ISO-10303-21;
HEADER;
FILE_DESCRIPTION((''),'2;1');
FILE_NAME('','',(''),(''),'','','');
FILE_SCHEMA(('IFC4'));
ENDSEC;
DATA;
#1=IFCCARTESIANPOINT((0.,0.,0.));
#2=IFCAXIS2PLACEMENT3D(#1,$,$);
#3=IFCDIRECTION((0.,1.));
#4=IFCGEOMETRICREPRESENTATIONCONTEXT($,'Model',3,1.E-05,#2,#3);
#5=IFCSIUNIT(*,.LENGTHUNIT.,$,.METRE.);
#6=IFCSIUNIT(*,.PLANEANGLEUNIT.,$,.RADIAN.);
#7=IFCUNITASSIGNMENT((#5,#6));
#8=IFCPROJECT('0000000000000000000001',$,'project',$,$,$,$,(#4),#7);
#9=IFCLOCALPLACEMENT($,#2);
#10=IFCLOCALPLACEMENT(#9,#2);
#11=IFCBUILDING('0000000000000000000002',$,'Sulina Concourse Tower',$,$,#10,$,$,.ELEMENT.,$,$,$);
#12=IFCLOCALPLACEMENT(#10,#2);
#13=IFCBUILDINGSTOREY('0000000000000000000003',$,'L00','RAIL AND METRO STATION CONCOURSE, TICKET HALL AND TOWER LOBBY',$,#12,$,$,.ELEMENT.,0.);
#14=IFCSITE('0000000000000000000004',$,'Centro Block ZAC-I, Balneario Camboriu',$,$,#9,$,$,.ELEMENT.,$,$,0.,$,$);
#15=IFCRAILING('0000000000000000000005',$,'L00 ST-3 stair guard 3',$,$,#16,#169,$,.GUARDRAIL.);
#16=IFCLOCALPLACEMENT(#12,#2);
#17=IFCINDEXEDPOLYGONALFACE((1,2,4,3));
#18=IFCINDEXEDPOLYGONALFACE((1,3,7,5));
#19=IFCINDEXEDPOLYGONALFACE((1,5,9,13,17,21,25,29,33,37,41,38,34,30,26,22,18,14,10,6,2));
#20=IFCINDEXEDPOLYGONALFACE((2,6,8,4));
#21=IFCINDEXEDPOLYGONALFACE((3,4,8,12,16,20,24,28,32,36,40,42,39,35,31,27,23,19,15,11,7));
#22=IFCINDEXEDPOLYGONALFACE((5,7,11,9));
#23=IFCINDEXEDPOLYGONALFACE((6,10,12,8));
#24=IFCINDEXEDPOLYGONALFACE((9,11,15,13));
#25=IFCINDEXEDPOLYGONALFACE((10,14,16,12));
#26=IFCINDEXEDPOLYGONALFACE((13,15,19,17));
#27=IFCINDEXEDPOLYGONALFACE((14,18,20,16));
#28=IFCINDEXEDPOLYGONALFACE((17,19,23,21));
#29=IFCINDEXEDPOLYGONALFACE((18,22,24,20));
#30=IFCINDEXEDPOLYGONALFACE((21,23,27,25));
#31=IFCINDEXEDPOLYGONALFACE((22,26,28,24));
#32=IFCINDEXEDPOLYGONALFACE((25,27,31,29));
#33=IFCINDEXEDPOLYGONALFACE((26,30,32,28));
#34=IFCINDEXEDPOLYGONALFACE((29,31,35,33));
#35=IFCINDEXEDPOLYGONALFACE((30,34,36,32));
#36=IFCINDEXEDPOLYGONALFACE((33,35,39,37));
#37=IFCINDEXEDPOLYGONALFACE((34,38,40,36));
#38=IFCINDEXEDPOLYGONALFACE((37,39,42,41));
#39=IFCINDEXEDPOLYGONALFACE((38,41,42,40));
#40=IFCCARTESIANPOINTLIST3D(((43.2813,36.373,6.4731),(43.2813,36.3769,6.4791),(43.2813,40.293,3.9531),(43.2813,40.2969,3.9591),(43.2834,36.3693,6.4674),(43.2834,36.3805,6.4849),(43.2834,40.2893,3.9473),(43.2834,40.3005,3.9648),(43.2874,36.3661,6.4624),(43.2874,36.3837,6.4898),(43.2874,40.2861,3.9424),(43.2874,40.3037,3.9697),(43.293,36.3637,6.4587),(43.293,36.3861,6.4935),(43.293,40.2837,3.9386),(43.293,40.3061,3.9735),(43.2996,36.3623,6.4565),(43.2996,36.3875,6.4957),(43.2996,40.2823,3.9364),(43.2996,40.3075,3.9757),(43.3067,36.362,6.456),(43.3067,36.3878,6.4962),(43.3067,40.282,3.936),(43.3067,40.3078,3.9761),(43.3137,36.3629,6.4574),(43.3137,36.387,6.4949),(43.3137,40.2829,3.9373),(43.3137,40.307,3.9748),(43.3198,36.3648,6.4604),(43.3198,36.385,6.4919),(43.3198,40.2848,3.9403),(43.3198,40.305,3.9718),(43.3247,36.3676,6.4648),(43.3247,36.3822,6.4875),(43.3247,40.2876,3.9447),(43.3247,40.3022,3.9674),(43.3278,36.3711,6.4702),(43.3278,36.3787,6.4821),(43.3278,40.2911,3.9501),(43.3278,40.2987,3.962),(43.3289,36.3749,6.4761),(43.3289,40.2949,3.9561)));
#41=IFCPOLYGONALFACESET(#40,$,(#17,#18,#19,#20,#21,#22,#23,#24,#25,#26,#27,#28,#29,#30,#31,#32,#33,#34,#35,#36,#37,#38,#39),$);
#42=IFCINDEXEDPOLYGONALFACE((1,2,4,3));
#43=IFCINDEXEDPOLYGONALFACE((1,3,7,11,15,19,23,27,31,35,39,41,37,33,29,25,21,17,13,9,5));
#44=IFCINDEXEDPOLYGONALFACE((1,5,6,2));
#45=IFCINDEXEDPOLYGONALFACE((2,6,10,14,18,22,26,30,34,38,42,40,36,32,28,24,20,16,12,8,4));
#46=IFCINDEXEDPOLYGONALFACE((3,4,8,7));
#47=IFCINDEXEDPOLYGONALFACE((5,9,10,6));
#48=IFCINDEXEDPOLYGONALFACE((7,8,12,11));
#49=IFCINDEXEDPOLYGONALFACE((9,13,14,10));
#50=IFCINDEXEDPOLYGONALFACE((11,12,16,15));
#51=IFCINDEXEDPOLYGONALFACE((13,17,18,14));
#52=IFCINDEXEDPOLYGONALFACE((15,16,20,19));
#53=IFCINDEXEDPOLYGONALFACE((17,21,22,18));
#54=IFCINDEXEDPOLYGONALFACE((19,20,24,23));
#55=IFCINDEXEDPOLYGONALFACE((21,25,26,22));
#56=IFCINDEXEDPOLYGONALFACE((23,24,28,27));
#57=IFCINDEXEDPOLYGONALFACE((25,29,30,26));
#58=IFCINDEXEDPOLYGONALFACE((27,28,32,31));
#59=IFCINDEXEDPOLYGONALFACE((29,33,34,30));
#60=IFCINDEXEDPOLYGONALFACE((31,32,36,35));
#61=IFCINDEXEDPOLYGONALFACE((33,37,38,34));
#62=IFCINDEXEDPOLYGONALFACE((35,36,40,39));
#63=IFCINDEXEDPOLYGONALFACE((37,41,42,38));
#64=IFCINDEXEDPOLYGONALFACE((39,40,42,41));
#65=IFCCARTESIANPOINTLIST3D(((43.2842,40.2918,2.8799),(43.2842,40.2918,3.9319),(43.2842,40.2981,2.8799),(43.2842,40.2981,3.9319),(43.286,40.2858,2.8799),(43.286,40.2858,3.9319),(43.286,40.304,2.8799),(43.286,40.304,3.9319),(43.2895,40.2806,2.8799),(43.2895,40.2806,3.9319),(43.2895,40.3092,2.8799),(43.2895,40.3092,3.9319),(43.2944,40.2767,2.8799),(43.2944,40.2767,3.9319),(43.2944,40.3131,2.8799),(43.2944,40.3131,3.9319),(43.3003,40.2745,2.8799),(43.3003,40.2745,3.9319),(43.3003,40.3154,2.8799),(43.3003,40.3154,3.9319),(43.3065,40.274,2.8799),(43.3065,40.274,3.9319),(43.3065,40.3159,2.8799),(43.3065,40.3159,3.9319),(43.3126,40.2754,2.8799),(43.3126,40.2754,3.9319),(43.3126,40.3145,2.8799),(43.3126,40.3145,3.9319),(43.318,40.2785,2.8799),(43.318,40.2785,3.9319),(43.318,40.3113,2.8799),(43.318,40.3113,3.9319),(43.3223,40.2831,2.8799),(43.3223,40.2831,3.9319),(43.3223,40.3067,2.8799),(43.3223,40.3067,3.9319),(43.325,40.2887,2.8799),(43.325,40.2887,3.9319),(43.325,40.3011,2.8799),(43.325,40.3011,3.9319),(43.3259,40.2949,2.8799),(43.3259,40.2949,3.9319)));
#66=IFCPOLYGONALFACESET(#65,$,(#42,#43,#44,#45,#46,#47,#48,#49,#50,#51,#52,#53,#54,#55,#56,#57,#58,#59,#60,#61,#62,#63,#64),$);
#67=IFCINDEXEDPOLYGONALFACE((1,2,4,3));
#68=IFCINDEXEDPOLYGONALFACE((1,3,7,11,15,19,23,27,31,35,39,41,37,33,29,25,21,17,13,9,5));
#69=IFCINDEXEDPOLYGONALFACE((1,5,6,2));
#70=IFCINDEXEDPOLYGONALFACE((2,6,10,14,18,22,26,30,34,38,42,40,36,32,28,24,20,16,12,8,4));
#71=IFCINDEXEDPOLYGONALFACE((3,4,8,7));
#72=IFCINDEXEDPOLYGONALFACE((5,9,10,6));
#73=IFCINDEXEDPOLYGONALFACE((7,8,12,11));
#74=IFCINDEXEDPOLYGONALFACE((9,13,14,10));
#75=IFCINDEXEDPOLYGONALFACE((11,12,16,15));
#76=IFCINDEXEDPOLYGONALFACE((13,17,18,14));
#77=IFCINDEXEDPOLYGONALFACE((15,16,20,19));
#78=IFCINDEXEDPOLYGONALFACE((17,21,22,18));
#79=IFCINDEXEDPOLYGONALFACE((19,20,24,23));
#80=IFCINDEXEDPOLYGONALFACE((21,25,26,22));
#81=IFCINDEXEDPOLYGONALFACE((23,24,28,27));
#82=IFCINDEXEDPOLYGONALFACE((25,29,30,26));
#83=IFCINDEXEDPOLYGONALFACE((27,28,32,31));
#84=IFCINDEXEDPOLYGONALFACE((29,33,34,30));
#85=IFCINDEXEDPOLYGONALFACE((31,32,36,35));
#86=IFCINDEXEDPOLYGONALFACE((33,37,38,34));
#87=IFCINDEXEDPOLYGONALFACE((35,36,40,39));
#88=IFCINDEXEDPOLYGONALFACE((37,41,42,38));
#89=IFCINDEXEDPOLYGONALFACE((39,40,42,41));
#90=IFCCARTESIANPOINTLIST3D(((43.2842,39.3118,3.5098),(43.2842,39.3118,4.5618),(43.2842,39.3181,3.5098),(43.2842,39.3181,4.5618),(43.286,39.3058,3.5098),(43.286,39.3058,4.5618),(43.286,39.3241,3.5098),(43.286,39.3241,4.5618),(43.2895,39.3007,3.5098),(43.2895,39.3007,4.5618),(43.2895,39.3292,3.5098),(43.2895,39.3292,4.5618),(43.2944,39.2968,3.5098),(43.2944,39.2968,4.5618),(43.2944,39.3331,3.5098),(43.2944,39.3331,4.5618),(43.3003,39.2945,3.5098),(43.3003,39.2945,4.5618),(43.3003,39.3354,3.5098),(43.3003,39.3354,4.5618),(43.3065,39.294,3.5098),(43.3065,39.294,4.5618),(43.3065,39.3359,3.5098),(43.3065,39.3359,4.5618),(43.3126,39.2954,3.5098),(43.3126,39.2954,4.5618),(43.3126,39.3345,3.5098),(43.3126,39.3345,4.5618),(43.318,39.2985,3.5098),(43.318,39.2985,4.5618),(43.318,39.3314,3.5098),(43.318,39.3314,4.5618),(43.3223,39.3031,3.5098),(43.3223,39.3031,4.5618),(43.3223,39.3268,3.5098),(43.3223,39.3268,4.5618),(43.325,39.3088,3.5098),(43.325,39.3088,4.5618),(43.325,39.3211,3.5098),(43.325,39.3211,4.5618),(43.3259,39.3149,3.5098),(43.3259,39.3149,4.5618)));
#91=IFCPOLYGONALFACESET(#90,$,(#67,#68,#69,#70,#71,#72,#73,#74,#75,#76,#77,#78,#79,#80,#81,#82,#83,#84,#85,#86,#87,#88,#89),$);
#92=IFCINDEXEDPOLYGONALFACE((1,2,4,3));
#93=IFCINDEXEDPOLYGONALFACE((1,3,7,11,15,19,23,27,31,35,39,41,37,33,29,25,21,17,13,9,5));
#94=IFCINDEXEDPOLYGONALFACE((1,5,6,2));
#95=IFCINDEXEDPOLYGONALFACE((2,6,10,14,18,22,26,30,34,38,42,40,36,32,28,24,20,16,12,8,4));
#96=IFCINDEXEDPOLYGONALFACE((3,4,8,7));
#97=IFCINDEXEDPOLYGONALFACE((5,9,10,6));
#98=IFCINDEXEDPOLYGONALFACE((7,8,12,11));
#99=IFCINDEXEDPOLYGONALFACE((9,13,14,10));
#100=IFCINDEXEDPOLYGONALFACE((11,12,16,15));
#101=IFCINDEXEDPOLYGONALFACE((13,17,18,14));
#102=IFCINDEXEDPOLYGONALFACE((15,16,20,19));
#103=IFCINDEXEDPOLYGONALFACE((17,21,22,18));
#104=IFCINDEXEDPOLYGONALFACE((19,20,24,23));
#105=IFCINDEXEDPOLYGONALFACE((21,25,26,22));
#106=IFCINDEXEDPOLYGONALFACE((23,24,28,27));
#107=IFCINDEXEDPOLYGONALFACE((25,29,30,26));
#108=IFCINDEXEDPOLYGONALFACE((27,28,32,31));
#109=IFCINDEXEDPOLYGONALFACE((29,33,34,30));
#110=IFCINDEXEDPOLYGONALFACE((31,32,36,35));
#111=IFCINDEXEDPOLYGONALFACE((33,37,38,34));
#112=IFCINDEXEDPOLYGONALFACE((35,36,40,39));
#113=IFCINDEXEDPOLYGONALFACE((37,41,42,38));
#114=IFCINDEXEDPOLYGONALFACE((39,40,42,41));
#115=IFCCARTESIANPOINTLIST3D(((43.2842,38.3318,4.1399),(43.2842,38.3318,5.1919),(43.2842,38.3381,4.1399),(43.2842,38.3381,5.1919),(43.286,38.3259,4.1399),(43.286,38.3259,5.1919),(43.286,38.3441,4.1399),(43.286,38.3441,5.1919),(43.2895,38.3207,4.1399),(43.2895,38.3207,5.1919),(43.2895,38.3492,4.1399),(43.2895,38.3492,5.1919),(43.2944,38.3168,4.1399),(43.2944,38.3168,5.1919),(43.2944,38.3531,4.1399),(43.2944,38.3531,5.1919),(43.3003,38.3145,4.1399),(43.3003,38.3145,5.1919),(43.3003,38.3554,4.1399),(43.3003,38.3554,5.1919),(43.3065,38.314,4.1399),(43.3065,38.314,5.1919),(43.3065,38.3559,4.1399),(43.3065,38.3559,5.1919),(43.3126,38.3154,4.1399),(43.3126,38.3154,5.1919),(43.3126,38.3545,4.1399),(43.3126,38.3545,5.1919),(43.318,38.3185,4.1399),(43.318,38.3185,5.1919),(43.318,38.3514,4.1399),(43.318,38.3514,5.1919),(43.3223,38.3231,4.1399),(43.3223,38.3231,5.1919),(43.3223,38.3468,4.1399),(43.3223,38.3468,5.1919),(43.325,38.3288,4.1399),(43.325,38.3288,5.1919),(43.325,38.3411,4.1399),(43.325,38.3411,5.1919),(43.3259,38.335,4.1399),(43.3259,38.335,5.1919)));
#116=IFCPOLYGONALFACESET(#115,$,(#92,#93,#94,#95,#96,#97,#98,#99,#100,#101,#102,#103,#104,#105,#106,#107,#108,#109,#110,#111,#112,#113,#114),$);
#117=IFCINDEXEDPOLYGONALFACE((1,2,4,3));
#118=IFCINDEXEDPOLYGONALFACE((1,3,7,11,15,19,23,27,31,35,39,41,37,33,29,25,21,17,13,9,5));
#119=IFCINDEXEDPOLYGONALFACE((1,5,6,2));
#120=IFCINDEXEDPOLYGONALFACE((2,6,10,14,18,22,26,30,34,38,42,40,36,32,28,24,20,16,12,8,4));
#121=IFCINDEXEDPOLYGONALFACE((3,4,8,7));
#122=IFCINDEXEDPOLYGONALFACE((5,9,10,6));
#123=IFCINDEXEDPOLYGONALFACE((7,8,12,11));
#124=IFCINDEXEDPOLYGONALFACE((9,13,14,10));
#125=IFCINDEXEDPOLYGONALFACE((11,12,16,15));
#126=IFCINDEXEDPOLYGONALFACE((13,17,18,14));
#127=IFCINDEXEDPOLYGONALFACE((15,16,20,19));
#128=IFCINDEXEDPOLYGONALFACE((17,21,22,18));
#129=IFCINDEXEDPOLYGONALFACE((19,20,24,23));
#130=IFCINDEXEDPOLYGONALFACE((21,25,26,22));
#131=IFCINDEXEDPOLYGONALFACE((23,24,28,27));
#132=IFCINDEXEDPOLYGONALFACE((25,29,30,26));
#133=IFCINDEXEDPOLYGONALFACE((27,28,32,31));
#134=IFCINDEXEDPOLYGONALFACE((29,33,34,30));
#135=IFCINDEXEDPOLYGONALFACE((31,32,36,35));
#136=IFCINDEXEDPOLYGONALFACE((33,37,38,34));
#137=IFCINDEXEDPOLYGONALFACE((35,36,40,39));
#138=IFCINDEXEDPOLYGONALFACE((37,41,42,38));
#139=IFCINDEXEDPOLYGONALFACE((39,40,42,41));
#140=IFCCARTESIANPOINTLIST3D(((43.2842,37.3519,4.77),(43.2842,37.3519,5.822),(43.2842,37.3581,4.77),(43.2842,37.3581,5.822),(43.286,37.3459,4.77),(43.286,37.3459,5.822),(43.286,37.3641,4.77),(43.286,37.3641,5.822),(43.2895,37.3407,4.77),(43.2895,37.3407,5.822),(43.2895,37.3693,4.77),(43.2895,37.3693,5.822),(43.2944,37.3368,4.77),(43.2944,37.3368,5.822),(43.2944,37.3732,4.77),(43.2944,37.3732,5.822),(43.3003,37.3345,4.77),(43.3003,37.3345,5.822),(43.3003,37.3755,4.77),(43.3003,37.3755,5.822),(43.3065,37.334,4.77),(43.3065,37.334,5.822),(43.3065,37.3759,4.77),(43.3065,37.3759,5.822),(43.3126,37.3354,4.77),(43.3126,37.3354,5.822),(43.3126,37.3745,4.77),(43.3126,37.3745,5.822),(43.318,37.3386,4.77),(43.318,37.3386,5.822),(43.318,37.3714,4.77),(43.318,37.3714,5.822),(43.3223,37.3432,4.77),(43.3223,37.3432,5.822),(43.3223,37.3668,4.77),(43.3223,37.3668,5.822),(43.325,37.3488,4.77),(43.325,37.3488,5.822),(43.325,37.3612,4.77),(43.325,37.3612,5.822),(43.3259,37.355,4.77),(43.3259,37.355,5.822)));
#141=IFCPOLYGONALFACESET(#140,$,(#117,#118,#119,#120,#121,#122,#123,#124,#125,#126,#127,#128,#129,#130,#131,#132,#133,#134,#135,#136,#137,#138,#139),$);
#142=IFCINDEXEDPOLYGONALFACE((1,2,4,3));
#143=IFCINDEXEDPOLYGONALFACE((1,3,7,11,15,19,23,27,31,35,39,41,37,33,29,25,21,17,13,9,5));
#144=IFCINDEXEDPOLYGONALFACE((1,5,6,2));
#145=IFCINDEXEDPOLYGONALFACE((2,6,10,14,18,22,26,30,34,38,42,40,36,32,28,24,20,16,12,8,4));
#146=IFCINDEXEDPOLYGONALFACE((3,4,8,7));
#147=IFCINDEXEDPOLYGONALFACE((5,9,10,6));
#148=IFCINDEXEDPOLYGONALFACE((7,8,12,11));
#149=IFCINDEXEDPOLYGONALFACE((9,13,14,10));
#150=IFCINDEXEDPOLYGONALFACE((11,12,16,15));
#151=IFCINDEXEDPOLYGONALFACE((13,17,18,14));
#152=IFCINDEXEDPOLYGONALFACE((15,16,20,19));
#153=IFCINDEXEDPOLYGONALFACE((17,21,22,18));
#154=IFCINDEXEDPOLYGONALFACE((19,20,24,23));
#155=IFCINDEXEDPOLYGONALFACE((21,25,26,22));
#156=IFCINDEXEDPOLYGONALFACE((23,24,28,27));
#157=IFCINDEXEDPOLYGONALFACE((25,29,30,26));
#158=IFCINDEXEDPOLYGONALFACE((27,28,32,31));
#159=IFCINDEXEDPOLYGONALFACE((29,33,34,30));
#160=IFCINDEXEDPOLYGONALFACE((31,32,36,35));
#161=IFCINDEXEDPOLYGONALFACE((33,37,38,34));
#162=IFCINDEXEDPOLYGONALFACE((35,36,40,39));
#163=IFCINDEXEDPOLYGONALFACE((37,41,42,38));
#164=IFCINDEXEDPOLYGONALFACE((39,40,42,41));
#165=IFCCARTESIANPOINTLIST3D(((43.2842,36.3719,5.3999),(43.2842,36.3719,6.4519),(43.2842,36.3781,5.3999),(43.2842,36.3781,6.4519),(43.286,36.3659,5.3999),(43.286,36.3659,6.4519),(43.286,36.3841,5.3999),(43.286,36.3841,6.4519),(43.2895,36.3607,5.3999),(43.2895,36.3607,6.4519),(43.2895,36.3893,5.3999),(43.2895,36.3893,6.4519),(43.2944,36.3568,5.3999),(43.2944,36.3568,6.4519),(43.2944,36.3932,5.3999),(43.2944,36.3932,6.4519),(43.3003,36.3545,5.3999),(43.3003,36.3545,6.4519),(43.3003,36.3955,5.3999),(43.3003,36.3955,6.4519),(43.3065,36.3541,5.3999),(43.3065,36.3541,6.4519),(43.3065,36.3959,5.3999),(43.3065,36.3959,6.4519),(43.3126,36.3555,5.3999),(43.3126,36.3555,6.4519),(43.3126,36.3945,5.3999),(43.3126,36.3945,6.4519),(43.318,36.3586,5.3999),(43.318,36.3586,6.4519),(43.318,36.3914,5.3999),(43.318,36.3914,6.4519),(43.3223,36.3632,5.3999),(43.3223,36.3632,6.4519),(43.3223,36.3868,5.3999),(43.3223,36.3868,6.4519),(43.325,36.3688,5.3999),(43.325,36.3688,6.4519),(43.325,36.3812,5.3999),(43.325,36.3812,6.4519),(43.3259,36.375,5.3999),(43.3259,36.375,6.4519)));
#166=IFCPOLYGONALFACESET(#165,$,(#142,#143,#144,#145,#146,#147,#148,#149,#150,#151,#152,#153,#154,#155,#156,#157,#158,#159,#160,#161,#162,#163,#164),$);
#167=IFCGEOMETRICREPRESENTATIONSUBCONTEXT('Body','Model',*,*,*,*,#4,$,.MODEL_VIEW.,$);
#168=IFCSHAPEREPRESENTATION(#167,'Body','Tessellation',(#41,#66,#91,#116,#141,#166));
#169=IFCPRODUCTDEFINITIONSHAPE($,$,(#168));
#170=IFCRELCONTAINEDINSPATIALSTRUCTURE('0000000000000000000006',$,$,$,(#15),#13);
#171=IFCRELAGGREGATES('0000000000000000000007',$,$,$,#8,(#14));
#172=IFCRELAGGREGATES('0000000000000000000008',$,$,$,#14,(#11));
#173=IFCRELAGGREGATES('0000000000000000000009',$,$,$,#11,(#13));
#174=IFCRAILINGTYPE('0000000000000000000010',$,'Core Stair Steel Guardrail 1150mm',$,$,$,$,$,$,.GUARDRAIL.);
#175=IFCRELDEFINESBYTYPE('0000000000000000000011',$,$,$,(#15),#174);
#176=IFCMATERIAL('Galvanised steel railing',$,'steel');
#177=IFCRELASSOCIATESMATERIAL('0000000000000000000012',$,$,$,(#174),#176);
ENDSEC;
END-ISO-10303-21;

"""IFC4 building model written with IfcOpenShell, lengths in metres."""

from ifc_helpers import new_model, si_unit, direction, frame, origin, origin_2d, place, context, subcontext, project, spatial, circle, extrude, material, type_object, element, save


model = new_model("IFC4")

# Units and contexts
model_context = context("Model", 3, precision=1e-05, world=origin(), true_north=direction((0.0, 1.0)))
body_context = subcontext(model_context, "Body", "Model", "MODEL_VIEW")
ifc_project = project(units=[si_unit("LENGTHUNIT", "METRE"), si_unit("PLANEANGLEUNIT", "RADIAN")], contexts=[model_context])

# Site, building, storey
site_placement = place(None, origin())
site = spatial("IfcSite", under=ifc_project, at=site_placement, Name="Centro Block ZAC-I, Balneario Camboriu", CompositionType="ELEMENT", RefElevation=0.0)
building_placement = place(site_placement, origin())
building = spatial("IfcBuilding", under=site, at=building_placement, Name="Sulina Concourse Tower", CompositionType="ELEMENT")
storey_placement = place(building_placement, origin())
storey = spatial("IfcBuildingStorey", under=building, at=storey_placement, Name="L00", Description="RAIL AND METRO STATION CONCOURSE, TICKET HALL AND TOWER LOBBY", CompositionType="ELEMENT", Elevation=0.0)

# Railing
ifc_material_1 = material(Name="Galvanised steel railing", Category="steel")
railing_type_1 = type_object("IfcRailingType", Name="Core Stair Steel Guardrail 1150mm", PredefinedType="GUARDRAIL", material=ifc_material_1)
railing_1_placement = place(storey_placement, frame((43.3049, 40.2949, 2.8799)))
element("IfcRailing", 1, at=railing_1_placement, inside=storey, type_object=railing_type_1, Name="L00 ST-3 stair guard 3", PredefinedType="GUARDRAIL", context=body_context, shape_type="SweptSolid", body=[
    extrude(circle(Radius=0.0239, at=origin_2d()), frame((0.0, 0.0, 1.0762), z_axis=(0.0, -0.841172, 0.540768), x_axis=(1.0, 0.0, 0.0)), (0.0, 0.0, 1.0), 4.6602),
    extrude(circle(Radius=0.021, at=origin_2d()), origin(), (0.0, 0.0, 1.0), 1.052),
    extrude(circle(Radius=0.021, at=origin_2d()), frame((0.0, -0.98, 0.6299)), (0.0, 0.0, 1.0), 1.052),
    extrude(circle(Radius=0.021, at=origin_2d()), frame((0.0, -1.96, 1.26)), (0.0, 0.0, 1.0), 1.052),
    extrude(circle(Radius=0.021, at=origin_2d()), frame((0.0, -2.9399, 1.8901)), (0.0, 0.0, 1.0), 1.052),
    extrude(circle(Radius=0.021, at=origin_2d()), frame((0.0, -3.9199, 2.52)), (0.0, 0.0, 1.0), 1.052),
])

save(model, "model.ifc")
